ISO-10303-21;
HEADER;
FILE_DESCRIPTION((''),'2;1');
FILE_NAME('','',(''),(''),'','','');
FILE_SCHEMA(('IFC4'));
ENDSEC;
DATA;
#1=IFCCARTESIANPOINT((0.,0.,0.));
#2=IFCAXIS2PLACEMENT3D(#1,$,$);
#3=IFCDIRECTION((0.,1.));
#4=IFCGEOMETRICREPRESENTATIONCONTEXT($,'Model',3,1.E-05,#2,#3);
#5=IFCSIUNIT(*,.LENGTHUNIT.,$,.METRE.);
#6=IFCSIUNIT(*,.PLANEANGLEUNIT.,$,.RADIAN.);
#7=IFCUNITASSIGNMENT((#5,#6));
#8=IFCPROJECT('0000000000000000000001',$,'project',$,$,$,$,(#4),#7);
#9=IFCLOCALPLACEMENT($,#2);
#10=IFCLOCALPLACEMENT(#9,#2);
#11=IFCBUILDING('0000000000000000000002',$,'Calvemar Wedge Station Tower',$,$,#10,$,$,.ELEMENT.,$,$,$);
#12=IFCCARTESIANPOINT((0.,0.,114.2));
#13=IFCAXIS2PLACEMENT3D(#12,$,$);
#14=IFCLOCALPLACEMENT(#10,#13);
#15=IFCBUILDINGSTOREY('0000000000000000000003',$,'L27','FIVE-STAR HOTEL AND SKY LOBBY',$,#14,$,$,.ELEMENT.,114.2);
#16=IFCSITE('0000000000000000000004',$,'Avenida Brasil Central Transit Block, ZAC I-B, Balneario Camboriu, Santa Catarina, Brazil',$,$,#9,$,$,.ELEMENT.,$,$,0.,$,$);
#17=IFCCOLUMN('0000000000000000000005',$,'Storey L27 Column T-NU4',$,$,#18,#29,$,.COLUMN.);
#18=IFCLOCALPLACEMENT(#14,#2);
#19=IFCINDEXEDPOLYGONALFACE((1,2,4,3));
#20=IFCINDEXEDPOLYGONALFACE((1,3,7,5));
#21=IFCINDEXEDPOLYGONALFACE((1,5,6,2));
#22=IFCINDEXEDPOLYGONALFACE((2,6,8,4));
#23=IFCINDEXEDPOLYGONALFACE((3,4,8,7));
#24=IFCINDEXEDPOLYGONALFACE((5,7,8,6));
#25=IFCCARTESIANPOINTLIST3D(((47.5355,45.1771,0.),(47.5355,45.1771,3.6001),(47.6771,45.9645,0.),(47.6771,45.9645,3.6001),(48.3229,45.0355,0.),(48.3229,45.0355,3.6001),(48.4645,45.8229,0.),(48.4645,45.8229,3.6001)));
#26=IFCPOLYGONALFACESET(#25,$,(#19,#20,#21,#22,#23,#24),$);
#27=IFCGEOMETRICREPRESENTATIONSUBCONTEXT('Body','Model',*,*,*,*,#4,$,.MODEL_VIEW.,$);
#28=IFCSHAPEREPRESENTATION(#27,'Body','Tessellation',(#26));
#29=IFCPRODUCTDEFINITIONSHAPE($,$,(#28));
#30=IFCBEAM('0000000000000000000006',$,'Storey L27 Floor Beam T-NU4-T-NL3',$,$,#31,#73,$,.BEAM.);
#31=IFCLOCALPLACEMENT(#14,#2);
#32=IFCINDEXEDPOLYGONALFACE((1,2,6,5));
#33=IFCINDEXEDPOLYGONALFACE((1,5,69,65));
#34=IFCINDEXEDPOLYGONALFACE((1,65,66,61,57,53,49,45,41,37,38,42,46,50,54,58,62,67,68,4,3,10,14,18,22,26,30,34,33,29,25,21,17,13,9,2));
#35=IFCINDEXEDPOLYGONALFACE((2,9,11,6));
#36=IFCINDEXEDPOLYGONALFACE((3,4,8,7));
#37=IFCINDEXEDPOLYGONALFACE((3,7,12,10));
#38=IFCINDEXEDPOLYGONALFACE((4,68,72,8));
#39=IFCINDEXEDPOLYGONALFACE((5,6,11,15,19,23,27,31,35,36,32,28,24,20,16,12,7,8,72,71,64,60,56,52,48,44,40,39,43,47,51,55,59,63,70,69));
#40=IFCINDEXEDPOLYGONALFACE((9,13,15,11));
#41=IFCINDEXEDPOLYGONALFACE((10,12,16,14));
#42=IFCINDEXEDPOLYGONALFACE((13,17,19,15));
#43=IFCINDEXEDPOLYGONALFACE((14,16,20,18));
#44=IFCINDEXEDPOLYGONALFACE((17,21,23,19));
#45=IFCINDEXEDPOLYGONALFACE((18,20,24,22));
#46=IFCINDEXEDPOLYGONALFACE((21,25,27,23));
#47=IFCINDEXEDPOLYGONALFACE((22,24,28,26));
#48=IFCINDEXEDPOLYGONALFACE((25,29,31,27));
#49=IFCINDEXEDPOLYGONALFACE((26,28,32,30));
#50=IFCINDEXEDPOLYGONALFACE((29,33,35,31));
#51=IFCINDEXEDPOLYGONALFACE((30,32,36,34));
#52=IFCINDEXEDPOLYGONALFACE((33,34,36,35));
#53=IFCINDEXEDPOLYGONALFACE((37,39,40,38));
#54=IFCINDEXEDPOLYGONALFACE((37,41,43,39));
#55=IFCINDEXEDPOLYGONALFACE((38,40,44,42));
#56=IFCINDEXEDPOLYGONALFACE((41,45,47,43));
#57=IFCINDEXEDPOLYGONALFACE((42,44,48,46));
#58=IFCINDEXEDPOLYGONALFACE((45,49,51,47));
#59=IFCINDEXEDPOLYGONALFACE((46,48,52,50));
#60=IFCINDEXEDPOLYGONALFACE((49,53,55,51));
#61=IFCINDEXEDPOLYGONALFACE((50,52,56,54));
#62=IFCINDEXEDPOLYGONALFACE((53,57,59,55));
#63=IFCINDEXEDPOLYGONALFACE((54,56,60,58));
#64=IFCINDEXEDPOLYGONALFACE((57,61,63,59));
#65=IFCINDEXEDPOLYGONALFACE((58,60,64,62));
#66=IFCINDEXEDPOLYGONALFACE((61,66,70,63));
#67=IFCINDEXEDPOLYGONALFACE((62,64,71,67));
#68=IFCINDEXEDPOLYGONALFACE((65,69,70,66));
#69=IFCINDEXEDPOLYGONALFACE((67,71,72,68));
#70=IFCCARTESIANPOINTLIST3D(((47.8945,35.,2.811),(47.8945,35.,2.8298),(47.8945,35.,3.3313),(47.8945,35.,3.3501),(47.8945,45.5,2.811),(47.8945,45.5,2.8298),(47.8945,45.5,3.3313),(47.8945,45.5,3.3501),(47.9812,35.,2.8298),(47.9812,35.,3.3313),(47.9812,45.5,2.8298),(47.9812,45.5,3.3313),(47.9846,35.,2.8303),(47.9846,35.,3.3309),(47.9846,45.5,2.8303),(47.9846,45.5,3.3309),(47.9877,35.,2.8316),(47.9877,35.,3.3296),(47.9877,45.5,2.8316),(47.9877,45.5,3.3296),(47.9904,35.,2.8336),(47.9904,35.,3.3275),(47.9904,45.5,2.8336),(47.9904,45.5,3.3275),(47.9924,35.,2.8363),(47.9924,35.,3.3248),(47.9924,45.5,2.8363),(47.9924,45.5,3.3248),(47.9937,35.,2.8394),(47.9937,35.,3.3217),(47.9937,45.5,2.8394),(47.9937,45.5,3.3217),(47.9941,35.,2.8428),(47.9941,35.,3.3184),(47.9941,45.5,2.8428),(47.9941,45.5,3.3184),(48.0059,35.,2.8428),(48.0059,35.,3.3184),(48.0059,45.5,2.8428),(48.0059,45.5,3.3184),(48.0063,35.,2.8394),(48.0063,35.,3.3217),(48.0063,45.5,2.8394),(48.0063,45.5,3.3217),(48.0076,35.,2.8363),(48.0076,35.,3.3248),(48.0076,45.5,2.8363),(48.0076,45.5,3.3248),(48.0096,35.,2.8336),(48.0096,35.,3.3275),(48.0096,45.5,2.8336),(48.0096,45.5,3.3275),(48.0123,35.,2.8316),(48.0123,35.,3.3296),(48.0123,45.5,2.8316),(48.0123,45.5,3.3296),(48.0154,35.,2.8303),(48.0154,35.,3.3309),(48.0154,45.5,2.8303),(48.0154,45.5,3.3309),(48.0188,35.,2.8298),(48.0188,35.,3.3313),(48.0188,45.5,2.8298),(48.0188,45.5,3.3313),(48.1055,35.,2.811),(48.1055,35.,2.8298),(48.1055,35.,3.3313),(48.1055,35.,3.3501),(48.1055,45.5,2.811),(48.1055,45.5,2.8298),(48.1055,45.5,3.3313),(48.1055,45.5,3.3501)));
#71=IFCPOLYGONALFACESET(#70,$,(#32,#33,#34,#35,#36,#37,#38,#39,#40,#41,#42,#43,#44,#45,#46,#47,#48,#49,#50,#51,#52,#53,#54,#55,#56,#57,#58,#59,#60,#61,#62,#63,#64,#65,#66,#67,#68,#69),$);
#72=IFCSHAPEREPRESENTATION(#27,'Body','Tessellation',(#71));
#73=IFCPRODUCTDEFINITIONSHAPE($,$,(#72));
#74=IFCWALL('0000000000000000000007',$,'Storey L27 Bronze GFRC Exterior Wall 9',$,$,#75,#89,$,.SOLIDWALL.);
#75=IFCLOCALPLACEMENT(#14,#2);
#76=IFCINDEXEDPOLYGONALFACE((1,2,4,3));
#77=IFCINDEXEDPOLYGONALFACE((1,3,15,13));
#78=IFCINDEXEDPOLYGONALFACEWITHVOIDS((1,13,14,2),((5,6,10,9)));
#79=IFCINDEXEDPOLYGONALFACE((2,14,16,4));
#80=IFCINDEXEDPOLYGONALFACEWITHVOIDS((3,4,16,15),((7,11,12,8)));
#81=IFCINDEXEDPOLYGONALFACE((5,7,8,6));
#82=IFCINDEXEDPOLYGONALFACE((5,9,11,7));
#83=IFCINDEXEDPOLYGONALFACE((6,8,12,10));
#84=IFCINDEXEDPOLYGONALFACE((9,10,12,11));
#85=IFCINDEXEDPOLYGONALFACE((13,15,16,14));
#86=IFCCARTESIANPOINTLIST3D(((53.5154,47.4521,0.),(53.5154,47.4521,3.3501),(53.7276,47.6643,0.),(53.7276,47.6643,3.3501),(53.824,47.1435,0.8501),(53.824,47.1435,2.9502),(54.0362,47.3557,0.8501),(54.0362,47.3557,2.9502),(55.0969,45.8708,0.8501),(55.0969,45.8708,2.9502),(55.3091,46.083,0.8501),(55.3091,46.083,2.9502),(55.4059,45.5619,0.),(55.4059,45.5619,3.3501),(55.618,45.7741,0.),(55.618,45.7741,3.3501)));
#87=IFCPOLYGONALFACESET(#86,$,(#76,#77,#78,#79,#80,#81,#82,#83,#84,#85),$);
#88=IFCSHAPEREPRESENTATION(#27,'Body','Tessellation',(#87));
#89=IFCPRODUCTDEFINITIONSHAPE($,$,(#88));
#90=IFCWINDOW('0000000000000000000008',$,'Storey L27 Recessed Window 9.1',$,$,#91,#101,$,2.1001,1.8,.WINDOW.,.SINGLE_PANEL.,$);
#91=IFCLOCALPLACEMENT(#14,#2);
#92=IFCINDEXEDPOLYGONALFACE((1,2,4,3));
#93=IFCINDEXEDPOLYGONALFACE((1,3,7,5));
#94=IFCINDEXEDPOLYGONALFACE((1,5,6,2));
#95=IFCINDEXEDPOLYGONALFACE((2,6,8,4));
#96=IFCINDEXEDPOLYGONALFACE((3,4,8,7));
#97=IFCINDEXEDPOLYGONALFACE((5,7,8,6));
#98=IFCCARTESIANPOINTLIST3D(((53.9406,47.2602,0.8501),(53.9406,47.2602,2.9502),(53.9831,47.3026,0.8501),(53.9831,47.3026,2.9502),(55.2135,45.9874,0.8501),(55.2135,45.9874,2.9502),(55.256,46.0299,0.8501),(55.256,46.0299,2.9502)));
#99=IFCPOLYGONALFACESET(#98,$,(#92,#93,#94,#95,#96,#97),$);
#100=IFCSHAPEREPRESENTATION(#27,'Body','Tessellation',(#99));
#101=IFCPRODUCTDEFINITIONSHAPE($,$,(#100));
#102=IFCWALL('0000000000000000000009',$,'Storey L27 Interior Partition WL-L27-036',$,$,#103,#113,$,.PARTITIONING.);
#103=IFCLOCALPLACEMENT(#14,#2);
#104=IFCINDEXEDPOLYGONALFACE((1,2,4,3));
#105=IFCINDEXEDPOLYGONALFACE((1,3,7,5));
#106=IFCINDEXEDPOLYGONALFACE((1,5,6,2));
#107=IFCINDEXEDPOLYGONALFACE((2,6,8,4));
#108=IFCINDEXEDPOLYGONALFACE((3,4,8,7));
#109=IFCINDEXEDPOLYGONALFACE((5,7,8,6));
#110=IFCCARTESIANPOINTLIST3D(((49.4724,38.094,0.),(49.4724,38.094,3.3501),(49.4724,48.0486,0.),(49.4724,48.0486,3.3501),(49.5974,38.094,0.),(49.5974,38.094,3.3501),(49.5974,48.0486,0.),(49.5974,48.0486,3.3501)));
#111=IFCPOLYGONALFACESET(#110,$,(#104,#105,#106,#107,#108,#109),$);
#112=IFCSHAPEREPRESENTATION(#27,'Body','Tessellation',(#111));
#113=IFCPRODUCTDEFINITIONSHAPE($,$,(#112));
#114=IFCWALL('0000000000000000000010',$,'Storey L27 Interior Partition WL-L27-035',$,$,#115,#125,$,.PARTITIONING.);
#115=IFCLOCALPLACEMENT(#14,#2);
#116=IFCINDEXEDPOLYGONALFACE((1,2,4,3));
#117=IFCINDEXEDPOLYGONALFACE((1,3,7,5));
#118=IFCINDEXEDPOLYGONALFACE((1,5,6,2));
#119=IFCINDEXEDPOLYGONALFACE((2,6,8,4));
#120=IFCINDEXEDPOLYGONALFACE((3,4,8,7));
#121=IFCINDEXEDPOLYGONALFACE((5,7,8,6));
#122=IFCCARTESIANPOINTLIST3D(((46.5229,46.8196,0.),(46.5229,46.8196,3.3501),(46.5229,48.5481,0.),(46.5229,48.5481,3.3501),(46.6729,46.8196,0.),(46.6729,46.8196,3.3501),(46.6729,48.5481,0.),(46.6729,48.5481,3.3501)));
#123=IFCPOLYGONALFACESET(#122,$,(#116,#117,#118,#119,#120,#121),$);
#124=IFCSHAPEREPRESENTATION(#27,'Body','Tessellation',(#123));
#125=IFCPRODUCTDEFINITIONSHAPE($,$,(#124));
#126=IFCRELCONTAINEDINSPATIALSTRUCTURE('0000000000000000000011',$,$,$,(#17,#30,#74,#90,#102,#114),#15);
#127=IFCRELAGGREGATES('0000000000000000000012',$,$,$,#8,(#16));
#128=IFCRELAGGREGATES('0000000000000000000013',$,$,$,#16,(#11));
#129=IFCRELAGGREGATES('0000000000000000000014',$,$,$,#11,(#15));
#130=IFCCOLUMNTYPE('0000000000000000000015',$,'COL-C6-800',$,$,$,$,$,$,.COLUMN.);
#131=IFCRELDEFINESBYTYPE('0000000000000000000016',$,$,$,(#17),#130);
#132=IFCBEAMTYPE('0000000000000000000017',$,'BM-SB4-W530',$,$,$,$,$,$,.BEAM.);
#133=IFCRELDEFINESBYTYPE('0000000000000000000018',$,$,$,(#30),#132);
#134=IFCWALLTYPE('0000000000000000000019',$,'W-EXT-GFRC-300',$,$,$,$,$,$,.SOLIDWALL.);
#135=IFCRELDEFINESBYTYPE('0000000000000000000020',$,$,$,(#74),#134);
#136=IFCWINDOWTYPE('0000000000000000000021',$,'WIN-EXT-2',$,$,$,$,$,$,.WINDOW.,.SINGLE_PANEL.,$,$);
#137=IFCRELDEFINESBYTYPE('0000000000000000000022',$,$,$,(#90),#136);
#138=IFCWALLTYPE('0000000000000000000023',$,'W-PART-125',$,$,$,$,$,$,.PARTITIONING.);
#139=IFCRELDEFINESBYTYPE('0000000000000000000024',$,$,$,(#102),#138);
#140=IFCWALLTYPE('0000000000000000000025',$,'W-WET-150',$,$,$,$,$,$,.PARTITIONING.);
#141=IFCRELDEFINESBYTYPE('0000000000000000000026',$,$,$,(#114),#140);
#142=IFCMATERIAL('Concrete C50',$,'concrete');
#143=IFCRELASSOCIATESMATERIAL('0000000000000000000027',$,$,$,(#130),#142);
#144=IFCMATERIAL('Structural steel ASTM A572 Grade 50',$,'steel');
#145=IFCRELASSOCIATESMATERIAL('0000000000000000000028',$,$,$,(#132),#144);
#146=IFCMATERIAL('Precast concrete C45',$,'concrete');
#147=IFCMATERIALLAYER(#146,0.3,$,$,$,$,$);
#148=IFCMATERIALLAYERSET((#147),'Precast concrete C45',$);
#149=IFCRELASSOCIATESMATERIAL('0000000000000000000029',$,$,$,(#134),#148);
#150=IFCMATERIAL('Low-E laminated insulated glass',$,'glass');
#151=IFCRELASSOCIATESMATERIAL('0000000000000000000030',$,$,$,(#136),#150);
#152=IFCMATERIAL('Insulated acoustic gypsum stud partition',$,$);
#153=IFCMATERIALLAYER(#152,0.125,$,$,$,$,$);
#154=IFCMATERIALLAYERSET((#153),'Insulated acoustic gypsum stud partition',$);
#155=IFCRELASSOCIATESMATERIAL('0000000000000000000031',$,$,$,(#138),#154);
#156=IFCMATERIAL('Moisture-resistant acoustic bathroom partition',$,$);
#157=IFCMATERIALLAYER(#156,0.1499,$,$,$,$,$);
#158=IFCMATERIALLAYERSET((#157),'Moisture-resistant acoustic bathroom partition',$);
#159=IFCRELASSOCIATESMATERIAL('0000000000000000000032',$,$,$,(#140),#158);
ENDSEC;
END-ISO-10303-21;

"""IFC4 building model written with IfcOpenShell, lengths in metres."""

from ifc_helpers import new_model, si_unit, direction, frame, frame_2d, origin, origin_2d, place, context, subcontext, project, spatial, rectangle, i_section, extrude, source, transform, mapped, material, layer, layer_set, material_profile, profile_set, type_object, element, fill, save


model = new_model("IFC4")

# Units and contexts
model_context = context("Model", 3, precision=1e-05, world=origin(), true_north=direction((0.0, 1.0)))
body_context = subcontext(model_context, "Body", "Model", "MODEL_VIEW")
ifc_project = project(units=[si_unit("LENGTHUNIT", "METRE"), si_unit("PLANEANGLEUNIT", "RADIAN")], contexts=[model_context])

# Site, building, storey
site_placement = place(None, origin())
site = spatial("IfcSite", under=ifc_project, at=site_placement, Name="Avenida Brasil Central Transit Block, ZAC I-B, Balneario Camboriu, Santa Catarina, Brazil", CompositionType="ELEMENT", RefElevation=0.0)
building_placement = place(site_placement, origin())
building = spatial("IfcBuilding", under=site, at=building_placement, Name="Calvemar Wedge Station Tower", CompositionType="ELEMENT")
storey_placement = place(building_placement, frame((0.0, 0.0, 114.2)))
storey = spatial("IfcBuildingStorey", under=building, at=storey_placement, Name="L27", Description="FIVE-STAR HOTEL AND SKY LOBBY", CompositionType="ELEMENT", Elevation=114.2)

# Column
ifc_material_1 = material(Name="Concrete C50", Category="concrete")
ifc_material_profile_1 = material_profile(ifc_material_1, rectangle(XDim=0.8, YDim=0.8, at=origin_2d()), Name="RC800x800")
ifc_profile_set_1 = profile_set([ifc_material_profile_1], Name="Concrete C50")
column_type = type_object("IfcColumnType", Name="COL-C6-800", PredefinedType="COLUMN", material=ifc_profile_set_1)
shared_shape_1 = source(origin(), body_context, "Body", "SweptSolid", [
    extrude(rectangle(XDim=0.8, YDim=0.8, at=origin_2d()), origin(), (0.0, 0.0, 1.0), 3.6001),
])
column_placement = place(storey_placement, frame((48.0, 45.5, 0.0), z_axis=(0.0, 0.0, 1.0), x_axis=(0.984196, -0.177085, 0.0)))
element("IfcColumn", 1, at=column_placement, inside=storey, type_object=column_type, Name="Storey L27 Column T-NU4", PredefinedType="COLUMN", context=body_context, shape_type="MappedRepresentation", body=[
    mapped(shared_shape_1, transform((0.0, 0.0, 0.0), scale=1.0)),
])

# Beam
ifc_material_2 = material(Name="Structural steel ASTM A572 Grade 50", Category="steel")
ifc_material_profile_2 = material_profile(ifc_material_2, i_section(OverallWidth=0.2109, OverallDepth=0.5391, WebThickness=0.0117, FlangeThickness=0.0188, FilletRadius=0.0129, at=origin_2d()), Name="W530x109")
ifc_profile_set_2 = profile_set([ifc_material_profile_2], Name="Structural steel ASTM A572 Grade 50")
beam_type = type_object("IfcBeamType", Name="BM-SB4-W530", PredefinedType="BEAM", material=ifc_profile_set_2)
shared_shape_2 = source(origin(), body_context, "Body", "SweptSolid", [
    extrude(i_section(OverallWidth=0.2109, OverallDepth=0.5391, WebThickness=0.0117, FlangeThickness=0.0188, FilletRadius=0.0129, at=origin_2d()), origin(), (0.0, 0.0, 1.0), 10.5),
])
beam_placement = place(storey_placement, frame((48.0, 45.5, 3.0806), z_axis=(0.0, -1.0, 0.0), x_axis=(1.0, 0.0, 0.0)))
element("IfcBeam", 2, at=beam_placement, inside=storey, type_object=beam_type, Name="Storey L27 Floor Beam T-NU4-T-NL3", PredefinedType="BEAM", context=body_context, shape_type="MappedRepresentation", body=[
    mapped(shared_shape_2, transform((0.0, 0.0, 0.0), scale=1.0)),
])

# Wall, opening, window
ifc_material_3 = material(Name="Precast concrete C45", Category="concrete")
ifc_layer_1 = layer(ifc_material_3, 0.3)
ifc_layer_set_1 = layer_set([ifc_layer_1], Name="Precast concrete C45")
wall_type_1 = type_object("IfcWallType", Name="W-EXT-GFRC-300", PredefinedType="SOLIDWALL", material=ifc_layer_set_1)
wall_1_placement = place(storey_placement, frame((55.512, 45.668, 0.0), z_axis=(0.0, 0.0, 1.0), x_axis=(-0.707152, 0.707061, 0.0)))
wall_1 = element("IfcWall", 3, at=wall_1_placement, inside=storey, type_object=wall_type_1, Name="Storey L27 Bronze GFRC Exterior Wall 9", PredefinedType="SOLIDWALL", context=body_context, shape_type="SweptSolid", body=[
    extrude(rectangle(XDim=2.6733, YDim=0.3, at=frame_2d((1.3367, 0.0))), origin(), (0.0, 0.0, 1.0), 3.3501),
])
shared_shape_3 = source(origin(), body_context, "Body", "SweptSolid", [
    extrude(rectangle(XDim=1.8, YDim=2.1001, at=frame_2d((0.8999, 1.05))), frame((0.0, 0.1602, 0.0), z_axis=(0.0, -1.0, 0.0), x_axis=(1.0, 0.0, 0.0)), (0.0, 0.0, 1.0), 0.3201),
])
opening_1_placement = place(wall_1_placement, frame((0.437, 0.0, 0.8501)))
opening_1 = element("IfcOpeningElement", 4, at=opening_1_placement, cuts=wall_1, PredefinedType="OPENING", context=body_context, shape_type="MappedRepresentation", body=[
    mapped(shared_shape_3, transform((0.0, 0.0, 0.0), scale=1.0)),
])
ifc_material_4 = material(Name="Low-E laminated insulated glass", Category="glass")
window_type_1 = type_object("IfcWindowType", Name="WIN-EXT-2", PartitioningType="SINGLE_PANEL", PredefinedType="WINDOW", material=ifc_material_4)
shared_shape_4 = source(origin(), body_context, "Body", "SweptSolid", [
    extrude(rectangle(XDim=1.8, YDim=2.1001, at=frame_2d((0.8999, 1.05))), frame((0.0, -0.0149, 0.0), z_axis=(0.0, -1.0, 0.0), x_axis=(1.0, 0.0, 0.0)), (0.0, 0.0, 1.0), 0.0601),
])
window_1_placement = place(opening_1_placement, origin())
window_1 = element("IfcWindow", 5, at=window_1_placement, inside=storey, type_object=window_type_1, Name="Storey L27 Recessed Window 9.1", OverallHeight=2.1001, OverallWidth=1.8, PartitioningType="SINGLE_PANEL", PredefinedType="WINDOW", context=body_context, shape_type="MappedRepresentation", body=[
    mapped(shared_shape_4, transform((0.0, 0.0, 0.0), scale=1.0)),
])
fill(opening_1, window_1)

# Wall
ifc_material_5 = material(Name="Insulated acoustic gypsum stud partition")
ifc_layer_2 = layer(ifc_material_5, 0.125)
ifc_layer_set_2 = layer_set([ifc_layer_2], Name="Insulated acoustic gypsum stud partition")
wall_type_2 = type_object("IfcWallType", Name="W-PART-125", PredefinedType="PARTITIONING", material=ifc_layer_set_2)
wall_2_placement = place(storey_placement, frame((49.5349, 48.0486, 0.0), z_axis=(0.0, 0.0, 1.0), x_axis=(0.0, -1.0, 0.0)))
element("IfcWall", 6, at=wall_2_placement, inside=storey, type_object=wall_type_2, Name="Storey L27 Interior Partition WL-L27-036", PredefinedType="PARTITIONING", context=body_context, shape_type="SweptSolid", body=[
    extrude(rectangle(XDim=9.9546, YDim=0.125, at=frame_2d((4.9773, 0.0))), origin(), (0.0, 0.0, 1.0), 3.3501),
])

# Shared definitions
ifc_material_6 = material(Name="Moisture-resistant acoustic bathroom partition")
ifc_layer_3 = layer(ifc_material_6, 0.1499)
ifc_layer_set_3 = layer_set([ifc_layer_3], Name="Moisture-resistant acoustic bathroom partition")
wall_type_3 = type_object("IfcWallType", Name="W-WET-150", PredefinedType="PARTITIONING", material=ifc_layer_set_3)

# Wall
wall_3_placement = place(storey_placement, frame((46.5979, 48.5481, 0.0), z_axis=(0.0, 0.0, 1.0), x_axis=(0.0, -1.0, 0.0)))
element("IfcWall", 7, at=wall_3_placement, inside=storey, type_object=wall_type_3, Name="Storey L27 Interior Partition WL-L27-035", PredefinedType="PARTITIONING", context=body_context, shape_type="SweptSolid", body=[
    extrude(rectangle(XDim=1.7285, YDim=0.1499, at=frame_2d((0.8643, 0.0))), origin(), (0.0, 0.0, 1.0), 3.3501),
])

save(model, "model.ifc")
